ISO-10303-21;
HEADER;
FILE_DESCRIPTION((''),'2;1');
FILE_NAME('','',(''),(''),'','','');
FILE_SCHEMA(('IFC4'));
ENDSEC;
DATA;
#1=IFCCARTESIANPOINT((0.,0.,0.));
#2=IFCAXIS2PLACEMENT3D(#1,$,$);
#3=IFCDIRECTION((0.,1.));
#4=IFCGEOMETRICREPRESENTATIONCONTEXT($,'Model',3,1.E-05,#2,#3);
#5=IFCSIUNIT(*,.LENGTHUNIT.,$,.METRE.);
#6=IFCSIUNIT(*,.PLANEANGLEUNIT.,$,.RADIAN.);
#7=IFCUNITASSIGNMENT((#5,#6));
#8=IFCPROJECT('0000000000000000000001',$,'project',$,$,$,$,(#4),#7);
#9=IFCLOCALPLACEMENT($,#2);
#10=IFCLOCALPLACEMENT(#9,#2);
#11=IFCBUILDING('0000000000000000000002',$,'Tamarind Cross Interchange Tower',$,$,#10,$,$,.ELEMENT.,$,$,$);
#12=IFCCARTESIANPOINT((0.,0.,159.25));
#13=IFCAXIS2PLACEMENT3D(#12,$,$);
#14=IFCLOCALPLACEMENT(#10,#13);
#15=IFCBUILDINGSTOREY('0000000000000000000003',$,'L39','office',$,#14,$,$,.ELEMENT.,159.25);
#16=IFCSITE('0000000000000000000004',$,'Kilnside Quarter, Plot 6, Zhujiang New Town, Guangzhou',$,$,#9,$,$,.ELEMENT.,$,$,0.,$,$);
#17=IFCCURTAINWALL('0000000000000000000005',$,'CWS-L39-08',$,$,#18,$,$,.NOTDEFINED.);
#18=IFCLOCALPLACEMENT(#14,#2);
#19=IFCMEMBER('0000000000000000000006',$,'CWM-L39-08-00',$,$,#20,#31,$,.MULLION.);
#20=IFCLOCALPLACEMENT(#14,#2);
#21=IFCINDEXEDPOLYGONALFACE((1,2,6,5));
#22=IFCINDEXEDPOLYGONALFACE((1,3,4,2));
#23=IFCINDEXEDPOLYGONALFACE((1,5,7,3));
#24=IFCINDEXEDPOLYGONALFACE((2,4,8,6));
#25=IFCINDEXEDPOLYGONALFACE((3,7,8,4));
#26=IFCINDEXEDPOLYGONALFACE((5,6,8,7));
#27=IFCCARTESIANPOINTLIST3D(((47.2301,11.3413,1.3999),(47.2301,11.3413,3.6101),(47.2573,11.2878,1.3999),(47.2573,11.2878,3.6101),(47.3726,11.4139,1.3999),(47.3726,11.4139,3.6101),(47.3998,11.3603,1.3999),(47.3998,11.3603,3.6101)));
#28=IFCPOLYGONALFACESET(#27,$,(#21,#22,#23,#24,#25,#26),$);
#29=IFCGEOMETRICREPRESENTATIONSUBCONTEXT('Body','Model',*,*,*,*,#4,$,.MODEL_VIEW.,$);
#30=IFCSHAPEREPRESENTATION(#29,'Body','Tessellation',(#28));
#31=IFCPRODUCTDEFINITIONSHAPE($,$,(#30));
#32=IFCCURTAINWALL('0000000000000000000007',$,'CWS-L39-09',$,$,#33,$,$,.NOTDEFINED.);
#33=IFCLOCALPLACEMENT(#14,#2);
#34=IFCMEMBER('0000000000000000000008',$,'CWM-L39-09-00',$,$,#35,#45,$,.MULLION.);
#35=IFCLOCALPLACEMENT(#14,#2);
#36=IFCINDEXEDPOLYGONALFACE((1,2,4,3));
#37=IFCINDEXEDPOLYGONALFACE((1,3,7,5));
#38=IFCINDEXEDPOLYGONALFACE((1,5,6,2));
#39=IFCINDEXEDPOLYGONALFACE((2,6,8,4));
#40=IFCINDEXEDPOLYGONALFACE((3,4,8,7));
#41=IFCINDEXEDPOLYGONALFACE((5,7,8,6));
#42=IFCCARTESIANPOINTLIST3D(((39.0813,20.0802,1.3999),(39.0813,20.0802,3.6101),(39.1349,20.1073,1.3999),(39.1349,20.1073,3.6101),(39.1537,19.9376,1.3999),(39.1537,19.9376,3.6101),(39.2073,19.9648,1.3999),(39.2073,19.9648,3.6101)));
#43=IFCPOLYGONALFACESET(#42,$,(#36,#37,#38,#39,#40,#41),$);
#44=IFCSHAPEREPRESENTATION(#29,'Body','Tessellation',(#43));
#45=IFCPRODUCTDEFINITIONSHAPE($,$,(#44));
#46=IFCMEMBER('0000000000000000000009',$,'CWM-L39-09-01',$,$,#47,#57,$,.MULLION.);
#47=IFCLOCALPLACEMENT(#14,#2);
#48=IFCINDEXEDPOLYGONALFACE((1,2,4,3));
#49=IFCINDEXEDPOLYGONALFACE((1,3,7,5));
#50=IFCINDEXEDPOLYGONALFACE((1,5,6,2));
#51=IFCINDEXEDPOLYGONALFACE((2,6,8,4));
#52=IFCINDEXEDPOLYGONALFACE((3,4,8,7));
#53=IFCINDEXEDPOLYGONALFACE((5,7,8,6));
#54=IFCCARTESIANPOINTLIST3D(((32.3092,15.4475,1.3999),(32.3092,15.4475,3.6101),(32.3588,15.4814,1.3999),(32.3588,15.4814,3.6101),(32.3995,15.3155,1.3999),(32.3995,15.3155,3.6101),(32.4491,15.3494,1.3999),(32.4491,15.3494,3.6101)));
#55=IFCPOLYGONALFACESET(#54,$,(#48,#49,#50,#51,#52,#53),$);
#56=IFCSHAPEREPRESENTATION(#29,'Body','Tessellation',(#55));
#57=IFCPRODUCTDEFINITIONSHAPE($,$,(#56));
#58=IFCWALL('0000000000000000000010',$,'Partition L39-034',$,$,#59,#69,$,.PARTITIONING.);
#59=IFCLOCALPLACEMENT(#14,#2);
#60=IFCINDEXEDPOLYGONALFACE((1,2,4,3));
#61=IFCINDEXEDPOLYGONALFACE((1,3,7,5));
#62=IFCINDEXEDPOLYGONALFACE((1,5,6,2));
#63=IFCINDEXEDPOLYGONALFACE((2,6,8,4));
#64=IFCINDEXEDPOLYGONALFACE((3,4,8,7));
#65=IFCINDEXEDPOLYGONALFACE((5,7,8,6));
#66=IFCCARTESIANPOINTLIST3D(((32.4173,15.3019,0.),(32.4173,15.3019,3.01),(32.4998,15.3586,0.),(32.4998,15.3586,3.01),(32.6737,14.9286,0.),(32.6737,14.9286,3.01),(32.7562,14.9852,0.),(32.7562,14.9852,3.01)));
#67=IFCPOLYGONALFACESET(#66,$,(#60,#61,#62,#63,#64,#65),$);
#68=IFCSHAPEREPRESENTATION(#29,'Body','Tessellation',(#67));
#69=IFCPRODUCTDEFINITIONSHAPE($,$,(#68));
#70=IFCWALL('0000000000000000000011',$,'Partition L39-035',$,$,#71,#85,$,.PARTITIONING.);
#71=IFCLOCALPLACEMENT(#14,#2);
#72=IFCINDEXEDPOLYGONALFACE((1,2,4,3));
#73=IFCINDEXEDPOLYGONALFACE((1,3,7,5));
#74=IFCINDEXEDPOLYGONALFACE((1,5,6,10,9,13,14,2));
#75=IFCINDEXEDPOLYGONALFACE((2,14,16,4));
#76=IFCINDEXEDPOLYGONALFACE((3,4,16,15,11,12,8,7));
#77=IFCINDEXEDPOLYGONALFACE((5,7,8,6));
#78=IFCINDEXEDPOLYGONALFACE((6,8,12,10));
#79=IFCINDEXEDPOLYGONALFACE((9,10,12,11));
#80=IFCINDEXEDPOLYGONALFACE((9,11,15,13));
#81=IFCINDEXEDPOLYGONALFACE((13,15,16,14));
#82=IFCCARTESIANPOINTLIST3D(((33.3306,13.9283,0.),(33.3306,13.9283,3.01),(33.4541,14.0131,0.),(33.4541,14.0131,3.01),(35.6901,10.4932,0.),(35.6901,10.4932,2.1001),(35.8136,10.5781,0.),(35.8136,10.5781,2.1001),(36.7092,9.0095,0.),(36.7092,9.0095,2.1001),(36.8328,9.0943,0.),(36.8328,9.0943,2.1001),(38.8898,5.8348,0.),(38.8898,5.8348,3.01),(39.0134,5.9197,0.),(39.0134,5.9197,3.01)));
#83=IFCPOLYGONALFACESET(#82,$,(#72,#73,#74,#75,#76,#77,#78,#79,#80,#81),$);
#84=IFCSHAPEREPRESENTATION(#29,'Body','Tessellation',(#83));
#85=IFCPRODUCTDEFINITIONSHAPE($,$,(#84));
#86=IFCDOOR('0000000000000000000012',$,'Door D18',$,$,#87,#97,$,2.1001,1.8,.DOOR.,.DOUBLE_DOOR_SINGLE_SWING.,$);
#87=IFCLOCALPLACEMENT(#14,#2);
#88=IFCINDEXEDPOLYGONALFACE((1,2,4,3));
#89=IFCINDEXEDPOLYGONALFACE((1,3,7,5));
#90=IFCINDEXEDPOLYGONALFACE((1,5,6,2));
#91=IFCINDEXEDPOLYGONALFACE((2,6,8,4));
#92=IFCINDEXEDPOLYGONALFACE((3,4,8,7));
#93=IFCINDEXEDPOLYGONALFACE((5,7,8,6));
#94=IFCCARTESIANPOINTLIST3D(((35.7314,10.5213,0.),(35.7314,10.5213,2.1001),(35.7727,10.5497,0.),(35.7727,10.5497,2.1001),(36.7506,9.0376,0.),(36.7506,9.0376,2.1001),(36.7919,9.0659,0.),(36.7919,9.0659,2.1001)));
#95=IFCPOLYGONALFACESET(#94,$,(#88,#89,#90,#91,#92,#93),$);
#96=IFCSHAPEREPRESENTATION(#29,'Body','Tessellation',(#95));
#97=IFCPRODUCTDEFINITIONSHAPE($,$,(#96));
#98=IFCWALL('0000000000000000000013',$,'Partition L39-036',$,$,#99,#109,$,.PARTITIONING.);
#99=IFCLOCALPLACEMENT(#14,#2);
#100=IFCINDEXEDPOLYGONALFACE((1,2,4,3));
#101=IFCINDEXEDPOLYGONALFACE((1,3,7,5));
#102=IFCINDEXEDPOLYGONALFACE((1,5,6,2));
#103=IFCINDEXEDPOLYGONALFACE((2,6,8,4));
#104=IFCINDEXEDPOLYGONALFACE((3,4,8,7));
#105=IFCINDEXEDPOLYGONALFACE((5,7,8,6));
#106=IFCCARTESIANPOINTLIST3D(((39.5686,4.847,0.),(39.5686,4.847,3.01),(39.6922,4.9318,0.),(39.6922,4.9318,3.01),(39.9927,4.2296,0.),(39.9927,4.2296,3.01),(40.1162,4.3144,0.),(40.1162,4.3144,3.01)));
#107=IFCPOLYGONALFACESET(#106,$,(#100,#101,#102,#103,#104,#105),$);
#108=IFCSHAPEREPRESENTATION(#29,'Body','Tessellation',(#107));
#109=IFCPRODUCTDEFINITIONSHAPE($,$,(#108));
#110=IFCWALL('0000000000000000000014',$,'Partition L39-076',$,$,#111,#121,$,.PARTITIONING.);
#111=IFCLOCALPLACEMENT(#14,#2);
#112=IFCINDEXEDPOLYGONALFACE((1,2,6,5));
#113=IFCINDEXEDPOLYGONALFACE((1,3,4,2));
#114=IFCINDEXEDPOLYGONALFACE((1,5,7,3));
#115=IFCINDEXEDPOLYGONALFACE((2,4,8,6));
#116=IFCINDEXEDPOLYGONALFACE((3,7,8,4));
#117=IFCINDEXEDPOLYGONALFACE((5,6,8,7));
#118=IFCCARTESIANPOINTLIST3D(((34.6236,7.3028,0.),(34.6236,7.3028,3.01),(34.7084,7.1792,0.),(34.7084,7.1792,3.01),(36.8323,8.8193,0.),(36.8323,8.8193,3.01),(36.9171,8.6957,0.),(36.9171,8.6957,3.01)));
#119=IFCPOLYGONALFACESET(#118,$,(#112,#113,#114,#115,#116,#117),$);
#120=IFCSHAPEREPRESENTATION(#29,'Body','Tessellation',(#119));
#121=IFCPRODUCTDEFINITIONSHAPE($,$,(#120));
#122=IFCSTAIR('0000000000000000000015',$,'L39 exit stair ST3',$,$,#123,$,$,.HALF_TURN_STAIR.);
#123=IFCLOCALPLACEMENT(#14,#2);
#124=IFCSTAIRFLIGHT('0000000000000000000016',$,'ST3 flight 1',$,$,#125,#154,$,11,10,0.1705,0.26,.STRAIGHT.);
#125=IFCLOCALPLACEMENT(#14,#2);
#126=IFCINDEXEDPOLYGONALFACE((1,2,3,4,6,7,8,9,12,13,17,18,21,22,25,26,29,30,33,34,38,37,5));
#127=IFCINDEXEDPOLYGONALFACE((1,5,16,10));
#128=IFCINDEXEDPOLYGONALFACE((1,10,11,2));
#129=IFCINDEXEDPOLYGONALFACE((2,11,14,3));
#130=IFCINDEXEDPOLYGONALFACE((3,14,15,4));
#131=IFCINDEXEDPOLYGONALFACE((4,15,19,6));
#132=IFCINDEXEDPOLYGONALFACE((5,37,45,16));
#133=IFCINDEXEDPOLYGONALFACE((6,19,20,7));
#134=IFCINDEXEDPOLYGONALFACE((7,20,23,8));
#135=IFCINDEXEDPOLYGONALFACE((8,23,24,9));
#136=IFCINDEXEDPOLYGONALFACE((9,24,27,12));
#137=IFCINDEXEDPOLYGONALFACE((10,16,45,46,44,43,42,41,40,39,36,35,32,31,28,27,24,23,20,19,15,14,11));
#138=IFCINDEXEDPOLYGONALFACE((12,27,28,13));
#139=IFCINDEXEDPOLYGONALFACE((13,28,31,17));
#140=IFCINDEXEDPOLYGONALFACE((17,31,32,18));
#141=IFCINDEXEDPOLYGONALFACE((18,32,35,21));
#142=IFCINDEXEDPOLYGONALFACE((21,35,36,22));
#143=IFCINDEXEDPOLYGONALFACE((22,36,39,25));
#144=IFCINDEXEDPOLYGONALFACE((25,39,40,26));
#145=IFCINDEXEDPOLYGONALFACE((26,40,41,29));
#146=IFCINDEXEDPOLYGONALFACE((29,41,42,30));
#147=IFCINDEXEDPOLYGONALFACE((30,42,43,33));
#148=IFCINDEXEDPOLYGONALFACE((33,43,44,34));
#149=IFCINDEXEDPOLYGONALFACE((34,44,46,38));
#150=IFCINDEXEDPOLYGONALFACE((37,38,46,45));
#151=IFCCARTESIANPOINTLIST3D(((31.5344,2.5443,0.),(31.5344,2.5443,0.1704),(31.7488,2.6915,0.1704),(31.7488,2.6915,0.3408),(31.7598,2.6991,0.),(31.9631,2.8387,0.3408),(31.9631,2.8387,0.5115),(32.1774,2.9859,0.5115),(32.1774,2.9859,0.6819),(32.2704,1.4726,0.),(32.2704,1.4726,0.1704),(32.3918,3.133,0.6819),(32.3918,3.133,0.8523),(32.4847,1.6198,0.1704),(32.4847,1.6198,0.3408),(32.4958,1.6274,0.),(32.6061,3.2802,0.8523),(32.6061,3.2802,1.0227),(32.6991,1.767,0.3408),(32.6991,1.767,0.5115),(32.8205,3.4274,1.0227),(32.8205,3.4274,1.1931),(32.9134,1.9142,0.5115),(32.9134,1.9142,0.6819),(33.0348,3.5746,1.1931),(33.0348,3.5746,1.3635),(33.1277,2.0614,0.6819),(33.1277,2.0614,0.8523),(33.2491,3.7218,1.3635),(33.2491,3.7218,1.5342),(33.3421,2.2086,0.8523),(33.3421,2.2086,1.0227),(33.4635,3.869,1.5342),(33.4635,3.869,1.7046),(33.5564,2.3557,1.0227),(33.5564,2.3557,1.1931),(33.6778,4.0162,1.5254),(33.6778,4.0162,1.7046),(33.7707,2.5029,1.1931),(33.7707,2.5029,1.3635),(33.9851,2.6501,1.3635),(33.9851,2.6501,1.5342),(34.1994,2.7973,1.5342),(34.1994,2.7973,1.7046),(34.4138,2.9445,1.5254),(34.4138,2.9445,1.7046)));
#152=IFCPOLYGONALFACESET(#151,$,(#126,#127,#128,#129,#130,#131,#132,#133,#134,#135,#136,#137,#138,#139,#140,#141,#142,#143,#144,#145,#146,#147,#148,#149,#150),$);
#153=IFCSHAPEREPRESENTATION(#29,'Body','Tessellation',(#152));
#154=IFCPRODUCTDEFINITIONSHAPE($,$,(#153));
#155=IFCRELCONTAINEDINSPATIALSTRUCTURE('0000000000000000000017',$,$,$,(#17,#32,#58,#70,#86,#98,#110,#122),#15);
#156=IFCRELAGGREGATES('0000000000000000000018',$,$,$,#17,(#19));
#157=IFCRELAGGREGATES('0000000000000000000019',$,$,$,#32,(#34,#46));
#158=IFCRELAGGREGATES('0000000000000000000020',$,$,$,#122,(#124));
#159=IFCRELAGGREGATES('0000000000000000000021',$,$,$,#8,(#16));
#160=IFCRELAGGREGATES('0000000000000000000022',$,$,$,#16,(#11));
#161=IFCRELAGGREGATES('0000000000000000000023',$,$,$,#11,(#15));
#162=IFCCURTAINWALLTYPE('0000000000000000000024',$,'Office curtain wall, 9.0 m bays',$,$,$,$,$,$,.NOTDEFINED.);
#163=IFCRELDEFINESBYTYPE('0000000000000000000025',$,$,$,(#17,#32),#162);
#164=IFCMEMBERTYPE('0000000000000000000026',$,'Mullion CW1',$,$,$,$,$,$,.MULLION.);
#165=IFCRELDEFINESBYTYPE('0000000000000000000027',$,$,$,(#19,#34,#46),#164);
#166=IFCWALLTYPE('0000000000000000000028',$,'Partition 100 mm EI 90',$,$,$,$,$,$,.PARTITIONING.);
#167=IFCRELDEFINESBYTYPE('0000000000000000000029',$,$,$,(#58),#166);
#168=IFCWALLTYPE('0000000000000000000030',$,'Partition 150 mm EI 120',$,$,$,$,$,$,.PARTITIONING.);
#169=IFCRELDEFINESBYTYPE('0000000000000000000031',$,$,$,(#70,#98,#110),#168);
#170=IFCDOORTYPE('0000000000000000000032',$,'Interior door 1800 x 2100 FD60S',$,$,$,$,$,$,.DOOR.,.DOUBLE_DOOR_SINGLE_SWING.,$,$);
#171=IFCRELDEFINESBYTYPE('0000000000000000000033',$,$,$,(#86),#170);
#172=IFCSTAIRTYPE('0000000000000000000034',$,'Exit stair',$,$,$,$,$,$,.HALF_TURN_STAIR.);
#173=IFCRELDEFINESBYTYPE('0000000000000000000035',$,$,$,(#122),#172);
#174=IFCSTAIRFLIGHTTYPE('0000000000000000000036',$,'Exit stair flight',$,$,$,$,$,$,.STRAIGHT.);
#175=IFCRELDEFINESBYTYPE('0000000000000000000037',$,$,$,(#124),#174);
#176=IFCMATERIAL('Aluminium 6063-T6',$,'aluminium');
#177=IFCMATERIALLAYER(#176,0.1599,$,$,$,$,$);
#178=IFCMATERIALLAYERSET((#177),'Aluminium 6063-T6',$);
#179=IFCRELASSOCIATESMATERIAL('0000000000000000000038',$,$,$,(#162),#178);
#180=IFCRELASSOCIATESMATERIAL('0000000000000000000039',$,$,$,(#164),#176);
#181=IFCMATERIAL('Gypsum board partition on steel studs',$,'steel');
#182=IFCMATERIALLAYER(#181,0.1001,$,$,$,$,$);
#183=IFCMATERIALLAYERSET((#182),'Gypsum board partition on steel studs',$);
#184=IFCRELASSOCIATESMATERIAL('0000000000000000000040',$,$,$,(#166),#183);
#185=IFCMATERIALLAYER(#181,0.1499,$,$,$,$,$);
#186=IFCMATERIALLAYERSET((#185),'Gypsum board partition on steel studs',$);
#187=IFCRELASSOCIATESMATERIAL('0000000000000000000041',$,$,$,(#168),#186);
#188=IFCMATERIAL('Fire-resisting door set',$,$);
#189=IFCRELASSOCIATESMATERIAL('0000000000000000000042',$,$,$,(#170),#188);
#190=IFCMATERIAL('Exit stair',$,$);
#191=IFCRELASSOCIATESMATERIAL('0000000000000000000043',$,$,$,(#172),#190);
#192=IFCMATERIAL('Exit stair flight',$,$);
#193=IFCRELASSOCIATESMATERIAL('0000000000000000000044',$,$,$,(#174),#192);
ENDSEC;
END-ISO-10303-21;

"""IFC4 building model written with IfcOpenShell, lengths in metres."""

from ifc_helpers import new_model, si_unit, direction, frame, frame_2d, origin, origin_2d, place, context, subcontext, project, spatial, polyline, rectangle, outline, extrude, material, layer, layer_set, material_profile, profile_set, type_object, element, fill, aggregate, save


model = new_model("IFC4")

# Units and contexts
model_context = context("Model", 3, precision=1e-05, world=origin(), true_north=direction((0.0, 1.0)))
body_context = subcontext(model_context, "Body", "Model", "MODEL_VIEW")
ifc_project = project(units=[si_unit("LENGTHUNIT", "METRE"), si_unit("PLANEANGLEUNIT", "RADIAN")], contexts=[model_context])

# Site, building, storey
site_placement = place(None, origin())
site = spatial("IfcSite", under=ifc_project, at=site_placement, Name="Kilnside Quarter, Plot 6, Zhujiang New Town, Guangzhou", CompositionType="ELEMENT", RefElevation=0.0)
building_placement = place(site_placement, origin())
building = spatial("IfcBuilding", under=site, at=building_placement, Name="Tamarind Cross Interchange Tower", CompositionType="ELEMENT")
storey_placement = place(building_placement, frame((0.0, 0.0, 159.25)))
storey = spatial("IfcBuildingStorey", under=building, at=storey_placement, Name="L39", Description="office", CompositionType="ELEMENT", Elevation=159.25)

# Curtain wall, member
ifc_material_1 = material(Name="Aluminium 6063-T6", Category="aluminium")
ifc_layer_1 = layer(ifc_material_1, 0.1599)
ifc_layer_set_1 = layer_set([ifc_layer_1], Name="Aluminium 6063-T6")
curtain_wall_type = type_object("IfcCurtainWallType", Name="Office curtain wall, 9.0 m bays", PredefinedType="NOTDEFINED", material=ifc_layer_set_1)
ifc_material_profile_1 = material_profile(ifc_material_1, rectangle(XDim=0.0601, YDim=0.1599, at=origin_2d()), Name="Mullion CW1")
ifc_profile_set_1 = profile_set([ifc_material_profile_1], Name="Aluminium 6063-T6")
member_type = type_object("IfcMemberType", Name="Mullion CW1", PredefinedType="MULLION", material=ifc_profile_set_1)
curtain_wall_1_placement = place(storey_placement, origin())
curtain_wall_1 = element("IfcCurtainWall", 1, at=curtain_wall_1_placement, inside=storey, type_object=curtain_wall_type, Name="CWS-L39-08", PredefinedType="NOTDEFINED")
member_1_placement = place(storey_placement, frame((47.3149, 11.3508, 1.3999), z_axis=(0.0, 0.0, 1.0), x_axis=(-0.453655, 0.891178, 0.0)))
member_1 = element("IfcMember", 2, at=member_1_placement, type_object=member_type, Name="CWM-L39-08-00", PredefinedType="MULLION", context=body_context, shape_type="SweptSolid", body=[
    extrude(rectangle(XDim=0.0601, YDim=0.1599, at=origin_2d()), origin(), (0.0, 0.0, 1.0), 2.2102),
])
aggregate(curtain_wall_1, [member_1])

# Curtain wall, members
curtain_wall_2_placement = place(storey_placement, origin())
curtain_wall_2 = element("IfcCurtainWall", 3, at=curtain_wall_2_placement, inside=storey, type_object=curtain_wall_type, Name="CWS-L39-09", PredefinedType="NOTDEFINED")
member_2_placement = place(storey_placement, frame((39.1443, 20.0225, 1.3999), z_axis=(0.0, 0.0, 1.0), x_axis=(-0.891671, -0.452685, 0.0)))
member_2 = element("IfcMember", 4, at=member_2_placement, type_object=member_type, Name="CWM-L39-09-00", PredefinedType="MULLION", context=body_context, shape_type="SweptSolid", body=[
    extrude(rectangle(XDim=0.0601, YDim=0.1599, at=origin_2d()), origin(), (0.0, 0.0, 1.0), 2.2102),
])
member_3_placement = place(storey_placement, frame((32.3792, 15.3984, 1.3999), z_axis=(0.0, 0.0, 1.0), x_axis=(-0.825569, -0.564301, 0.0)))
member_3 = element("IfcMember", 5, at=member_3_placement, type_object=member_type, Name="CWM-L39-09-01", PredefinedType="MULLION", context=body_context, shape_type="SweptSolid", body=[
    extrude(rectangle(XDim=0.0601, YDim=0.1599, at=origin_2d()), origin(), (0.0, 0.0, 1.0), 2.2102),
])
aggregate(curtain_wall_2, [member_2, member_3])

# Wall
ifc_material_2 = material(Name="Gypsum board partition on steel studs", Category="steel")
ifc_layer_2 = layer(ifc_material_2, 0.1001)
ifc_layer_set_2 = layer_set([ifc_layer_2], Name="Gypsum board partition on steel studs")
wall_type_1 = type_object("IfcWallType", Name="Partition 100 mm EI 90", PredefinedType="PARTITIONING", material=ifc_layer_set_2)
wall_1_placement = place(storey_placement, frame((32.4585, 15.3303, 0.0), z_axis=(0.0, 0.0, 1.0), x_axis=(0.566094, -0.824341, 0.0)))
element("IfcWall", 6, at=wall_1_placement, inside=storey, type_object=wall_type_1, Name="Partition L39-034", PredefinedType="PARTITIONING", context=body_context, shape_type="SweptSolid", body=[
    extrude(rectangle(XDim=0.4529, YDim=0.1001, at=frame_2d((0.2266, 0.0))), origin(), (0.0, 0.0, 1.0), 3.01),
])

# Wall, opening, door
ifc_layer_3 = layer(ifc_material_2, 0.1499)
ifc_layer_set_3 = layer_set([ifc_layer_3], Name="Gypsum board partition on steel studs")
wall_type_2 = type_object("IfcWallType", Name="Partition 150 mm EI 120", PredefinedType="PARTITIONING", material=ifc_layer_set_3)
wall_2_placement = place(storey_placement, frame((33.3923, 13.9707, 0.0), z_axis=(0.0, 0.0, 1.0), x_axis=(0.566186, -0.824278, 0.0)))
wall_2 = element("IfcWall", 7, at=wall_2_placement, inside=storey, type_object=wall_type_2, Name="Partition L39-035", PredefinedType="PARTITIONING", context=body_context, shape_type="SweptSolid", body=[
    extrude(rectangle(XDim=9.8188, YDim=0.1499, at=frame_2d((4.9094, 0.0))), origin(), (0.0, 0.0, 1.0), 3.01),
])
opening_placement = place(wall_2_placement, frame((4.1675, 0.0, 0.0)))
opening = element("IfcOpeningElement", 8, at=opening_placement, cuts=wall_2, PredefinedType="OPENING", context=body_context, shape_type="SweptSolid", body=[
    extrude(rectangle(XDim=1.8, YDim=2.1001, at=frame_2d((0.8999, 1.05))), frame((0.0, 0.085, 0.0), z_axis=(0.0, -1.0, 0.0), x_axis=(1.0, 0.0, 0.0)), (0.0, 0.0, 1.0), 0.1699),
])
ifc_material_3 = material(Name="Fire-resisting door set")
door_type = type_object("IfcDoorType", Name="Interior door 1800 x 2100 FD60S", OperationType="DOUBLE_DOOR_SINGLE_SWING", PredefinedType="DOOR", material=ifc_material_3)
door_placement = place(opening_placement, frame((1.8, 0.0, 0.0), z_axis=(0.0, 0.0, 1.0), x_axis=(-1.0, 0.0, 0.0)))
door = element("IfcDoor", 9, at=door_placement, inside=storey, type_object=door_type, Name="Door D18", OperationType="DOUBLE_DOOR_SINGLE_SWING", OverallHeight=2.1001, OverallWidth=1.8, PredefinedType="DOOR", context=body_context, shape_type="SweptSolid", body=[
    extrude(rectangle(XDim=1.8, YDim=2.1001, at=frame_2d((0.8999, 1.05))), frame((0.0, 0.0249, 0.0), z_axis=(0.0, -1.0, 0.0), x_axis=(1.0, 0.0, 0.0)), (0.0, 0.0, 1.0), 0.05),
])
fill(opening, door)

# Walls
wall_3_placement = place(storey_placement, frame((39.6304, 4.8894, 0.0), z_axis=(0.0, 0.0, 1.0), x_axis=(0.566155, -0.824299, 0.0)))
element("IfcWall", 10, at=wall_3_placement, inside=storey, type_object=wall_type_2, Name="Partition L39-036", PredefinedType="PARTITIONING", context=body_context, shape_type="SweptSolid", body=[
    extrude(rectangle(XDim=0.749, YDim=0.1499, at=frame_2d((0.3745, 0.0))), origin(), (0.0, 0.0, 1.0), 3.01),
])
wall_4_placement = place(storey_placement, frame((34.666, 7.241, 0.0), z_axis=(0.0, 0.0, 1.0), x_axis=(0.824374, 0.566045, 0.0)))
element("IfcWall", 11, at=wall_4_placement, inside=storey, type_object=wall_type_2, Name="Partition L39-076", PredefinedType="PARTITIONING", context=body_context, shape_type="SweptSolid", body=[
    extrude(rectangle(XDim=2.6792, YDim=0.1499, at=frame_2d((1.3396, 0.0))), origin(), (0.0, 0.0, 1.0), 3.01),
])

# Stair, stair flight
ifc_material_4 = material(Name="Exit stair")
stair_type = type_object("IfcStairType", Name="Exit stair", PredefinedType="HALF_TURN_STAIR", material=ifc_material_4)
stair_placement = place(storey_placement, origin())
stair = element("IfcStair", 12, at=stair_placement, inside=storey, type_object=stair_type, Name="L39 exit stair ST3", PredefinedType="HALF_TURN_STAIR")
ifc_material_5 = material(Name="Exit stair flight")
stair_flight_type = type_object("IfcStairFlightType", Name="Exit stair flight", PredefinedType="STRAIGHT", material=ifc_material_5)
stair_flight_1_placement = place(storey_placement, frame((31.9023, 2.0085, 0.0), z_axis=(0.0, 0.0, 1.0), x_axis=(0.82434, 0.566096, 0.0)))
stair_flight_1 = element("IfcStairFlight", 13, at=stair_flight_1_placement, type_object=stair_flight_type, Name="ST3 flight 1", NumberOfRisers=11, NumberOfTreads=10, PredefinedType="STRAIGHT", RiserHeight=0.1705, TreadLength=0.26, context=body_context, shape_type="SweptSolid", body=[
    extrude(outline(polyline([(0.0, 0.0), (0.0, 0.1704), (0.26, 0.1704), (0.26, 0.3408), (0.52, 0.3408), (0.52, 0.5115), (0.78, 0.5115), (0.78, 0.6819), (1.04, 0.6819), (1.04, 0.8523), (1.3, 0.8523), (1.3, 1.0227), (1.5601, 1.0227), (1.5601, 1.1931), (1.8201, 1.1931), (1.8201, 1.3635), (2.0801, 1.3635), (2.0801, 1.5342), (2.3401, 1.5342), (2.3401, 1.7046), (2.6001, 1.7046), (2.6001, 1.875), (2.6001, 1.5254), (0.2734, 0.0), (0.0, 0.0)])), frame((0.0, 0.6499, 0.0), z_axis=(0.0, -1.0, 0.0), x_axis=(1.0, 0.0, 0.0)), (0.0, 0.0, 1.0), 1.3),
])
aggregate(stair, [stair_flight_1])

save(model, "model.ifc")
